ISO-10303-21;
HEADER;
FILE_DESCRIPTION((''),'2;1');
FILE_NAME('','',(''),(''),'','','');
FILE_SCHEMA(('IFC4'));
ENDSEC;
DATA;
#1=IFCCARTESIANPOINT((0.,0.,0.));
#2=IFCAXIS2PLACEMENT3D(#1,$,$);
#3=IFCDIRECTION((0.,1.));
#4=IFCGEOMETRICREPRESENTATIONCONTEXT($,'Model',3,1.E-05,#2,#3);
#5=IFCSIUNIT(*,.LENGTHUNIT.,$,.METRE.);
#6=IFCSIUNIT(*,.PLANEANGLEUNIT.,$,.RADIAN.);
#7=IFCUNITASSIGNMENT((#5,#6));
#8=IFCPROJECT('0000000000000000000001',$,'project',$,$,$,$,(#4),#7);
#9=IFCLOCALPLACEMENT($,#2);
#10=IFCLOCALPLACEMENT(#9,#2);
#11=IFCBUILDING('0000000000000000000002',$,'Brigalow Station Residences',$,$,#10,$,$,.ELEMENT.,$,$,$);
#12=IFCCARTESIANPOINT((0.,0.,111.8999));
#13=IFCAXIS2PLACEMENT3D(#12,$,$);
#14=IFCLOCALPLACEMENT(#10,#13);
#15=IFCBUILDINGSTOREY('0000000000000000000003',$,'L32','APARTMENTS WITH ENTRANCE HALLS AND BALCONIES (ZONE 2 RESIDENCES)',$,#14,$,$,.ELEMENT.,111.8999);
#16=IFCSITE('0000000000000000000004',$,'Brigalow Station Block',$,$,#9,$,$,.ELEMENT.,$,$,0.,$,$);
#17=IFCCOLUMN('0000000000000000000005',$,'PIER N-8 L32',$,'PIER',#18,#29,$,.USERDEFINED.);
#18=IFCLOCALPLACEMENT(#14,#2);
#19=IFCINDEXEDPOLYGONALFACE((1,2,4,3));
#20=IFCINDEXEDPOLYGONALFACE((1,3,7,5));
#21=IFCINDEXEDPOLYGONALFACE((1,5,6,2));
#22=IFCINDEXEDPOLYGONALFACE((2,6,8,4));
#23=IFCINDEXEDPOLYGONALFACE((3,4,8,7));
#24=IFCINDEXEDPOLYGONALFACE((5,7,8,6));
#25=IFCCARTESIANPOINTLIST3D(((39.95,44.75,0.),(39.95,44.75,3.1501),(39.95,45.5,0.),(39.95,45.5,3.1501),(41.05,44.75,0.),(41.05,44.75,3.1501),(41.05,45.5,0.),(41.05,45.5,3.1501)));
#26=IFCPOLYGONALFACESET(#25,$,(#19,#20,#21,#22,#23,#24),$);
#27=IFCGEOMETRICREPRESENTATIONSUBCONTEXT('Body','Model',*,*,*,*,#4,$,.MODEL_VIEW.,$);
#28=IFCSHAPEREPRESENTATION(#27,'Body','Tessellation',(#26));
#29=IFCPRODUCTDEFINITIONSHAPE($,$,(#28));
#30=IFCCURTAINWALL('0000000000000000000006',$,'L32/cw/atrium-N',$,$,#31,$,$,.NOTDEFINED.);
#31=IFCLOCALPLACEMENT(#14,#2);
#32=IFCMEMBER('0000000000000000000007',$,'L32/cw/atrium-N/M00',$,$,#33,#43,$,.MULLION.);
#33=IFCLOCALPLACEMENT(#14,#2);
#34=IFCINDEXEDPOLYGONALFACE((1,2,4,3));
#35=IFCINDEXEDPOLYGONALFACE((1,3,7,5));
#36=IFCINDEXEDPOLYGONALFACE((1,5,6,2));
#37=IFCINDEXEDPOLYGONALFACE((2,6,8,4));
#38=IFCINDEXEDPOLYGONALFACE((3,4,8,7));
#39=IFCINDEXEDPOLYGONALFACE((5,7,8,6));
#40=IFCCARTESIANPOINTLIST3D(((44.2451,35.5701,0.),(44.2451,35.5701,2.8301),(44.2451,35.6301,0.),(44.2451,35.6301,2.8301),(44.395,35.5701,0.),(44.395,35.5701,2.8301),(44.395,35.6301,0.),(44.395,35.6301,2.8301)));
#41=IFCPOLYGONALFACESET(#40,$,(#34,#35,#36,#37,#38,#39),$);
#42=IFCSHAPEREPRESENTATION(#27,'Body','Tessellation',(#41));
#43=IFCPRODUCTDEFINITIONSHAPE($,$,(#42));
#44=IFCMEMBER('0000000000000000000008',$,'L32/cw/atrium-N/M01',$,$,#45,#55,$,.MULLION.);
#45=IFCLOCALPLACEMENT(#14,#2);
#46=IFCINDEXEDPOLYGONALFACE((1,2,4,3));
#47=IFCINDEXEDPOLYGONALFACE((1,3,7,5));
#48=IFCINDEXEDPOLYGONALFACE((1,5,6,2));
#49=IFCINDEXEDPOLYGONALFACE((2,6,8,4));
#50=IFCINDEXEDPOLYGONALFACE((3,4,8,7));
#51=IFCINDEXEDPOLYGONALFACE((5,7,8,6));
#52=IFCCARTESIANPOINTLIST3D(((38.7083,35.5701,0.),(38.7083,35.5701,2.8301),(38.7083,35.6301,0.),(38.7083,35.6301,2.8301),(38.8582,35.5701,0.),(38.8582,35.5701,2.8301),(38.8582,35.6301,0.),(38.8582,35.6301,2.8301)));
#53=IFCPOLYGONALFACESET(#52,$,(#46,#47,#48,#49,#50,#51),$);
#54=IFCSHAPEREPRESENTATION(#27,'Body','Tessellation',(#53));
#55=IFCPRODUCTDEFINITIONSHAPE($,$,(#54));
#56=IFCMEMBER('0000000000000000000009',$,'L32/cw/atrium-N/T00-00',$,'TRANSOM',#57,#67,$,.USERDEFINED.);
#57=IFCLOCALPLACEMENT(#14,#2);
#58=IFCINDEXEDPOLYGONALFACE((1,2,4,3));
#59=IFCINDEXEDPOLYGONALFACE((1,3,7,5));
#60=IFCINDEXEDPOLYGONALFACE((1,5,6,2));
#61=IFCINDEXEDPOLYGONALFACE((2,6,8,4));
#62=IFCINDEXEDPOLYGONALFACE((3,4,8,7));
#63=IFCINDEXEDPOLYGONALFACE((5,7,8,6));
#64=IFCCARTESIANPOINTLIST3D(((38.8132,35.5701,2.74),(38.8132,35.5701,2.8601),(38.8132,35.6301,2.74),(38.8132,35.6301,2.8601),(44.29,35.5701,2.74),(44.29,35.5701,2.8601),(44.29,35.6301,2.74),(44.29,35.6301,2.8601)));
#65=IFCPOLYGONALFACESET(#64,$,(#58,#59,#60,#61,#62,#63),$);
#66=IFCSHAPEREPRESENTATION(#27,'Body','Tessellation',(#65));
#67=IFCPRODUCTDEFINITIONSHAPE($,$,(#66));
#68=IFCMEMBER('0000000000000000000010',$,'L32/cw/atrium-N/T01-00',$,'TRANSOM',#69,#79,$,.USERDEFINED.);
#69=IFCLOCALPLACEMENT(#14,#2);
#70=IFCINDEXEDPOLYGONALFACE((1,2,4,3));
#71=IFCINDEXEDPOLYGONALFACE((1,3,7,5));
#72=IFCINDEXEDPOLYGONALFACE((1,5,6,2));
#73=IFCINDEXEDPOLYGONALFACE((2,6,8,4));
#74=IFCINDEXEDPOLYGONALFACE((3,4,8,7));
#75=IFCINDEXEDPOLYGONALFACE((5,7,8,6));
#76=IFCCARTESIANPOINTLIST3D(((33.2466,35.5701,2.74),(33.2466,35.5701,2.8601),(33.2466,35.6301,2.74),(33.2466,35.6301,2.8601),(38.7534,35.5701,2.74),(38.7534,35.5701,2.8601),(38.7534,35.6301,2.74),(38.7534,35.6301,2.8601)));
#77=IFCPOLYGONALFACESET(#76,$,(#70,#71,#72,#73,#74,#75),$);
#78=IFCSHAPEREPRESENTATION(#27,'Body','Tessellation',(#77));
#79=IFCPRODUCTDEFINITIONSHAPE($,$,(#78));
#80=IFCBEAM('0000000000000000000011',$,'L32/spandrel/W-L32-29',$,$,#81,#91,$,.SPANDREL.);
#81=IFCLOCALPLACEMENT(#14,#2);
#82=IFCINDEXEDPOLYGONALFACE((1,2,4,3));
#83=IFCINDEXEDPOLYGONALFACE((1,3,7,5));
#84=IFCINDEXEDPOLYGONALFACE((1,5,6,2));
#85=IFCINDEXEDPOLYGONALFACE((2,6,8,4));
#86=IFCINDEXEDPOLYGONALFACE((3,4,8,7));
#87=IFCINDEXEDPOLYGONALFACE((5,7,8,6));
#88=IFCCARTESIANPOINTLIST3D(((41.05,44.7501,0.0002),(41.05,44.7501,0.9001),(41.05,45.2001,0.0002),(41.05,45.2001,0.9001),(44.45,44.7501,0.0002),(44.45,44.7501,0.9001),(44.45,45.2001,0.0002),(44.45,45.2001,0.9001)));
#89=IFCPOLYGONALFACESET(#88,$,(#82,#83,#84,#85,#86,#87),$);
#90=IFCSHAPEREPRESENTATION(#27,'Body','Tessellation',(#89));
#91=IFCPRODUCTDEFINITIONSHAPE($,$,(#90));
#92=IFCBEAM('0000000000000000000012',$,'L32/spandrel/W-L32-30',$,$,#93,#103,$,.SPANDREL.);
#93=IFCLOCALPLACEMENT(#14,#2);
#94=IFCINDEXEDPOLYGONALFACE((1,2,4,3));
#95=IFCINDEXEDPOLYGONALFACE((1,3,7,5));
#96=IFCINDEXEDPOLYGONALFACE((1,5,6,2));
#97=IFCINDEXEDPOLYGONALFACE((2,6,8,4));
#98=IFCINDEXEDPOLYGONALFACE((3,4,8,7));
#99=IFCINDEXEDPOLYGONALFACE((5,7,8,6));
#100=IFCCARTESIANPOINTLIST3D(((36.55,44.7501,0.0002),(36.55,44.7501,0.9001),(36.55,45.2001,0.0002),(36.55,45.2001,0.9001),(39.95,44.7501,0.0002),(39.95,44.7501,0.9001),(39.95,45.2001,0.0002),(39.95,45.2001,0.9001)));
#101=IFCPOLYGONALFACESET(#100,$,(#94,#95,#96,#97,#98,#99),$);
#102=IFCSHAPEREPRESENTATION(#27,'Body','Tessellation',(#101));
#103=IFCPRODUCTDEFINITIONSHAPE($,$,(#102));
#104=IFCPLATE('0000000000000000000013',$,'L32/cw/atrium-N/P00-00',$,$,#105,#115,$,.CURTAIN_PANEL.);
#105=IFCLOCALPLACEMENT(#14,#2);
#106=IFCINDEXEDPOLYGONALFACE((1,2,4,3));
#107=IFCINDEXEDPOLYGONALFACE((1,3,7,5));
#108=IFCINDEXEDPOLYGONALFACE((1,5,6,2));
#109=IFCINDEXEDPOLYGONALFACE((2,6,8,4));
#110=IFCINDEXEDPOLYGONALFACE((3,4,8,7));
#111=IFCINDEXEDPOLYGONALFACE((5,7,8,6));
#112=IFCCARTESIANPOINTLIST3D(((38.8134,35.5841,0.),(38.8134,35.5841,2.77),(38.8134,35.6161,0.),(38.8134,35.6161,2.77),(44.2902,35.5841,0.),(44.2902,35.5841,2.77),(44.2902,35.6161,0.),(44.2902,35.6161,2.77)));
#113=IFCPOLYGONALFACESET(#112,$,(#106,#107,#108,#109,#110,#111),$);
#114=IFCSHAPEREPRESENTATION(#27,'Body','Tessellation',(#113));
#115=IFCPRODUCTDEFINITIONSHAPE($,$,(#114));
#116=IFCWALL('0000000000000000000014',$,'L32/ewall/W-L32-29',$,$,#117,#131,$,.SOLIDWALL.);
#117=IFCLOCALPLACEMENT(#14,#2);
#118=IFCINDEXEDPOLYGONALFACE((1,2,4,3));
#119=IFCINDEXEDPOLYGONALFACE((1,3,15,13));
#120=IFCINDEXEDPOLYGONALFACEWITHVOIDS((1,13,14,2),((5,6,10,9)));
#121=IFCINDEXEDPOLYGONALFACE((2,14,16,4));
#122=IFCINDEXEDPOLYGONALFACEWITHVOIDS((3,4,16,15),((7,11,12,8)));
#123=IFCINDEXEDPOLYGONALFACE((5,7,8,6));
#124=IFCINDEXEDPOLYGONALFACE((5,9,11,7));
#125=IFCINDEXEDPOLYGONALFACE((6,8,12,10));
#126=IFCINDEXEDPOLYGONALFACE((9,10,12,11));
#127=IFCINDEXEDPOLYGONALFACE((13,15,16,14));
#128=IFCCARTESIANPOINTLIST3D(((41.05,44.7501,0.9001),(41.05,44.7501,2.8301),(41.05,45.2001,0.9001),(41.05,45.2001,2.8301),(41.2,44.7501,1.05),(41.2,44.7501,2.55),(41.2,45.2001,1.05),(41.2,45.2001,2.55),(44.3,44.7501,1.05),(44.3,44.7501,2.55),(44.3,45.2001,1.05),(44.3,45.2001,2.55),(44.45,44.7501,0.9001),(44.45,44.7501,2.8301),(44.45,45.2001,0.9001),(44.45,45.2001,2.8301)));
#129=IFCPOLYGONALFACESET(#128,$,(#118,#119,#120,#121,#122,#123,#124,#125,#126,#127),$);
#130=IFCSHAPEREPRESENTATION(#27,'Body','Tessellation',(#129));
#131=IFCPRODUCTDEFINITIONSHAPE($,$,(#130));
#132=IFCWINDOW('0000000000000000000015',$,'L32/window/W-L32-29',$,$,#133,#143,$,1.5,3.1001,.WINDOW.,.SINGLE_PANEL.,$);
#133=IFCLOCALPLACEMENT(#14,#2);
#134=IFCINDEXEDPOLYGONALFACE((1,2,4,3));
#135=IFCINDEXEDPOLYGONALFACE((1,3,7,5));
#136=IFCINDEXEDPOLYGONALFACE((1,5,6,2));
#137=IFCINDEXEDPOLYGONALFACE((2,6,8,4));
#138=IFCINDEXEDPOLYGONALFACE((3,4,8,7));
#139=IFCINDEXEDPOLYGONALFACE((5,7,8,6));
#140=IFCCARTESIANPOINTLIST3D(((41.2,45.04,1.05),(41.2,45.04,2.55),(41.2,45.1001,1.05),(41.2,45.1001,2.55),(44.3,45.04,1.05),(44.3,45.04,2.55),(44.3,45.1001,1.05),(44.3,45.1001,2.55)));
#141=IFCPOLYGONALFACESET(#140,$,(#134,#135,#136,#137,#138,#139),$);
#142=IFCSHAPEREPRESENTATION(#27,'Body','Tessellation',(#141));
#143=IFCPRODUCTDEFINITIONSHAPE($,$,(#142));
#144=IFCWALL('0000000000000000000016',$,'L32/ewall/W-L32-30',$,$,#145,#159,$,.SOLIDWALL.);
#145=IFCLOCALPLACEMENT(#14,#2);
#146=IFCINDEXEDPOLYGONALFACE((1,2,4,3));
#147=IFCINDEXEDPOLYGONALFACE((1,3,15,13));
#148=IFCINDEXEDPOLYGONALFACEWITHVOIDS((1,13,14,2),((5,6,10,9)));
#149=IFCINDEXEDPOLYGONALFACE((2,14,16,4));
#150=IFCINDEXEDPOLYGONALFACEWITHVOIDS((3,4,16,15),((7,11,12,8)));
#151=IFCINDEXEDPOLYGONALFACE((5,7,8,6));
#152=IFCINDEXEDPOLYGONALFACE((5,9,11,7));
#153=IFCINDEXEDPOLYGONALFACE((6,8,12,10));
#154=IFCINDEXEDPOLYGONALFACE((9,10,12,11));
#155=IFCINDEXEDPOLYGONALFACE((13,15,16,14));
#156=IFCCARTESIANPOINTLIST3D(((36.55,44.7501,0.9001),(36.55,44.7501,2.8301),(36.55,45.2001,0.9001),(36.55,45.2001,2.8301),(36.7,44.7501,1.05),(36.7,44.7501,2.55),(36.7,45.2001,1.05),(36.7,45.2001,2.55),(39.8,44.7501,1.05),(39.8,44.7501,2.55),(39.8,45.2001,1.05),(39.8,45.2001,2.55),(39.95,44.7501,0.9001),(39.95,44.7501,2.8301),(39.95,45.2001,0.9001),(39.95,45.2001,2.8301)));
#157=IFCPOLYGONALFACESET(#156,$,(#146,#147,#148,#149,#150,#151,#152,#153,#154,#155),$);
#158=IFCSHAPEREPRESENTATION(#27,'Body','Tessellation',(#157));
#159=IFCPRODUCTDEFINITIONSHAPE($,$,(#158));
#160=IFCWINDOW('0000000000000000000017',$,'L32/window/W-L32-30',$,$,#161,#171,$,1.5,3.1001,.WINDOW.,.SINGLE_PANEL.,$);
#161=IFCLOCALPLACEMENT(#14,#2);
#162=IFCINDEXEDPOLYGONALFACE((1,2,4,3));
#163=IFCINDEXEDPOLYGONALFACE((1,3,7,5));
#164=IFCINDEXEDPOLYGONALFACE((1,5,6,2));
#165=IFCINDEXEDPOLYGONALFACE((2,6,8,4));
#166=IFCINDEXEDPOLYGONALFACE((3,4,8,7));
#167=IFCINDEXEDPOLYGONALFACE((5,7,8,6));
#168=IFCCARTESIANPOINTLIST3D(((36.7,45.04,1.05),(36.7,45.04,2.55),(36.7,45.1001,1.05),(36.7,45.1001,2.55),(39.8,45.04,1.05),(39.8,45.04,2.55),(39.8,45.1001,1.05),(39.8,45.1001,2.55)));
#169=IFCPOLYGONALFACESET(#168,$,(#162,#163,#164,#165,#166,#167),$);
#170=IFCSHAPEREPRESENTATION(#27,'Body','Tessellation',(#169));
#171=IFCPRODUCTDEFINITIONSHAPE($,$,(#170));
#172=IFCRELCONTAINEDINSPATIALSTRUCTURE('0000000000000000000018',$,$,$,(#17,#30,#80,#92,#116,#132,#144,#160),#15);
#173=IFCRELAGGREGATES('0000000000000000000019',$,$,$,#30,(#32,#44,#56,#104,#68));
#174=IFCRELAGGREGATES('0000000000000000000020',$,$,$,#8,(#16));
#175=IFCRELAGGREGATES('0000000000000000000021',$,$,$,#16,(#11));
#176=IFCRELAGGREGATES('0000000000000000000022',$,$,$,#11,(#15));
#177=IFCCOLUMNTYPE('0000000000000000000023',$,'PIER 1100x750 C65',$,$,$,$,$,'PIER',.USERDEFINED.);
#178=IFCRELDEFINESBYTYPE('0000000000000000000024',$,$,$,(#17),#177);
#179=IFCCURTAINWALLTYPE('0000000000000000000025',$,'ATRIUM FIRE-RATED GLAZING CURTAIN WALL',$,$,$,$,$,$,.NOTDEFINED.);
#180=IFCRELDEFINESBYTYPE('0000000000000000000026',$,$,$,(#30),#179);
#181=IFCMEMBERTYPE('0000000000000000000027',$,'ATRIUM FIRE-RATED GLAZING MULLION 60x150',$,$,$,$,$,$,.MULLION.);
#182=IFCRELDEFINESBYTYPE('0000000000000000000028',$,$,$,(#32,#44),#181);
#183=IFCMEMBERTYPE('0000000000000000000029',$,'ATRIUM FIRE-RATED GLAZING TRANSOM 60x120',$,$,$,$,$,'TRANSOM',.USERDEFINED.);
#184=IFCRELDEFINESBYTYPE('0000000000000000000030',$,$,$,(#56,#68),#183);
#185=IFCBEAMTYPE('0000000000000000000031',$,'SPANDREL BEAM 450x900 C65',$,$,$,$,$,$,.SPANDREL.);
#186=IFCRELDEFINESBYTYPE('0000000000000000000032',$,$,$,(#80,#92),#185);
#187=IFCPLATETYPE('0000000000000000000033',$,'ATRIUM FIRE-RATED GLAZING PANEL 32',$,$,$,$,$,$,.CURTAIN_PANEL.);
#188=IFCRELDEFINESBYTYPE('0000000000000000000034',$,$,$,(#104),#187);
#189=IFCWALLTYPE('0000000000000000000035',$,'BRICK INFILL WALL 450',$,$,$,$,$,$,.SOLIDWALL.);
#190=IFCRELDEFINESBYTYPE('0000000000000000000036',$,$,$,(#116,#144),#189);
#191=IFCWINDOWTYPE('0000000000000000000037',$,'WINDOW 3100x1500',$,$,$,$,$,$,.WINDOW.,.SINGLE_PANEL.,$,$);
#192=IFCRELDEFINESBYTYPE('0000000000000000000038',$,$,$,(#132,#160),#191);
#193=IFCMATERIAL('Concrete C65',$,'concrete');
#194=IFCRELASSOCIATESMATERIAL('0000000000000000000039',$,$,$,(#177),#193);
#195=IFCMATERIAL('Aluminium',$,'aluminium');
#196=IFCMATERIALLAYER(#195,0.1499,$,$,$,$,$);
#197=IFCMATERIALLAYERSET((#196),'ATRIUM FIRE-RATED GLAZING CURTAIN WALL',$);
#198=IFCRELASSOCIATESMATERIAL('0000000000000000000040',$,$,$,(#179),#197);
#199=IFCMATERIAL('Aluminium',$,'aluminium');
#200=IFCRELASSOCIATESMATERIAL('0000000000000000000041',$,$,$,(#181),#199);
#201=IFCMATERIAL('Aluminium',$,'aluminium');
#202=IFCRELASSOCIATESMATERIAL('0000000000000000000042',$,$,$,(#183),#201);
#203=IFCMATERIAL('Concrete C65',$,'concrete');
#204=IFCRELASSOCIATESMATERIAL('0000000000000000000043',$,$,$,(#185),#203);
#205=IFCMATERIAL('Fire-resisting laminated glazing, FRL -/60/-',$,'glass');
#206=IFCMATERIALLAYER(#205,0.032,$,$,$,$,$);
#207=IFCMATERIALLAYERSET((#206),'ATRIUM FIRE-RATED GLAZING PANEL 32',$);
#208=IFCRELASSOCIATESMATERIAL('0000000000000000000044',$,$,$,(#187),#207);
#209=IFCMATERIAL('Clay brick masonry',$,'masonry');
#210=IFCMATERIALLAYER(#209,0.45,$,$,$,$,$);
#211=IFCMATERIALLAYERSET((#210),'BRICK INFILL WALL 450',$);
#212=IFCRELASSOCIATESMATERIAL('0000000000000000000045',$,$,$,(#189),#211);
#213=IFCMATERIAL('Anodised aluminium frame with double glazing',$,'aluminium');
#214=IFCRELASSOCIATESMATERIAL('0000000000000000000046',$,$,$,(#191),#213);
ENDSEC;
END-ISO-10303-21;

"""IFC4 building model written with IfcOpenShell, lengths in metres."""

from ifc_helpers import new_model, si_unit, direction, frame, frame_2d, origin, origin_2d, place, context, subcontext, project, spatial, rectangle, extrude, material, layer, layer_set, material_profile, profile_set, type_object, element, fill, aggregate, save


model = new_model("IFC4")

# Units and contexts
model_context = context("Model", 3, precision=1e-05, world=origin(), true_north=direction((0.0, 1.0)))
body_context = subcontext(model_context, "Body", "Model", "MODEL_VIEW")
ifc_project = project(units=[si_unit("LENGTHUNIT", "METRE"), si_unit("PLANEANGLEUNIT", "RADIAN")], contexts=[model_context])

# Site, building, storey
site_placement = place(None, origin())
site = spatial("IfcSite", under=ifc_project, at=site_placement, Name="Brigalow Station Block", CompositionType="ELEMENT", RefElevation=0.0)
building_placement = place(site_placement, origin())
building = spatial("IfcBuilding", under=site, at=building_placement, Name="Brigalow Station Residences", CompositionType="ELEMENT")
storey_placement = place(building_placement, frame((0.0, 0.0, 111.8999)))
storey = spatial("IfcBuildingStorey", under=building, at=storey_placement, Name="L32", Description="APARTMENTS WITH ENTRANCE HALLS AND BALCONIES (ZONE 2 RESIDENCES)", CompositionType="ELEMENT", Elevation=111.8999)

# Column
ifc_material_1 = material(Name="Concrete C65", Category="concrete")
ifc_material_profile_1 = material_profile(ifc_material_1, rectangle(XDim=1.1001, YDim=0.75, at=origin_2d()), Name="RC1100x750")
ifc_profile_set_1 = profile_set([ifc_material_profile_1], Name="Concrete C65")
column_type = type_object("IfcColumnType", Name="PIER 1100x750 C65", ElementType="PIER", PredefinedType="USERDEFINED", material=ifc_profile_set_1)
column_placement = place(storey_placement, frame((40.5, 45.125, 0.0), z_axis=(0.0, 0.0, 1.0), x_axis=(-1.0, 0.0, 0.0)))
element("IfcColumn", 1, at=column_placement, inside=storey, type_object=column_type, Name="PIER N-8 L32", ObjectType="PIER", PredefinedType="USERDEFINED", context=body_context, shape_type="SweptSolid", body=[
    extrude(rectangle(XDim=1.1001, YDim=0.75, at=origin_2d()), origin(), (0.0, 0.0, 1.0), 3.1501),
])

# Curtain wall, members
ifc_material_2 = material(Name="Aluminium", Category="aluminium")
ifc_layer_1 = layer(ifc_material_2, 0.1499)
ifc_layer_set_1 = layer_set([ifc_layer_1], Name="ATRIUM FIRE-RATED GLAZING CURTAIN WALL")
curtain_wall_type = type_object("IfcCurtainWallType", Name="ATRIUM FIRE-RATED GLAZING CURTAIN WALL", PredefinedType="NOTDEFINED", material=ifc_layer_set_1)
curtain_wall_placement = place(storey_placement, origin())
curtain_wall = element("IfcCurtainWall", 2, at=curtain_wall_placement, inside=storey, type_object=curtain_wall_type, Name="L32/cw/atrium-N", PredefinedType="NOTDEFINED")
ifc_material_3 = material(Name="Aluminium", Category="aluminium")
ifc_material_profile_2 = material_profile(ifc_material_3, rectangle(XDim=0.0601, YDim=0.1499, at=origin_2d()), Name="ATRIUM FIRE-RATED GLAZING MULLION 60x150")
ifc_profile_set_2 = profile_set([ifc_material_profile_2], Name="Aluminium")
member_type_1 = type_object("IfcMemberType", Name="ATRIUM FIRE-RATED GLAZING MULLION 60x150", PredefinedType="MULLION", material=ifc_profile_set_2)
member_1_placement = place(storey_placement, frame((44.3201, 35.6001, 0.0), z_axis=(0.0, 0.0, 1.0), x_axis=(0.0, -1.0, 0.0)))
member_1 = element("IfcMember", 3, at=member_1_placement, type_object=member_type_1, Name="L32/cw/atrium-N/M00", PredefinedType="MULLION", context=body_context, shape_type="SweptSolid", body=[
    extrude(rectangle(XDim=0.0601, YDim=0.1499, at=origin_2d()), origin(), (0.0, 0.0, 1.0), 2.8301),
])
member_2_placement = place(storey_placement, frame((38.7832, 35.6001, 0.0), z_axis=(0.0, 0.0, 1.0), x_axis=(0.0, -1.0, 0.0)))
member_2 = element("IfcMember", 4, at=member_2_placement, type_object=member_type_1, Name="L32/cw/atrium-N/M01", PredefinedType="MULLION", context=body_context, shape_type="SweptSolid", body=[
    extrude(rectangle(XDim=0.0601, YDim=0.1499, at=origin_2d()), origin(), (0.0, 0.0, 1.0), 2.8301),
])
ifc_material_4 = material(Name="Aluminium", Category="aluminium")
ifc_material_profile_3 = material_profile(ifc_material_4, rectangle(XDim=0.0601, YDim=0.1201, at=origin_2d()), Name="ATRIUM FIRE-RATED GLAZING TRANSOM 60x120")
ifc_profile_set_3 = profile_set([ifc_material_profile_3], Name="Aluminium")
member_type_2 = type_object("IfcMemberType", Name="ATRIUM FIRE-RATED GLAZING TRANSOM 60x120", ElementType="TRANSOM", PredefinedType="USERDEFINED", material=ifc_profile_set_3)
member_3_placement = place(storey_placement, frame((44.29, 35.6001, 2.8), z_axis=(-1.0, 0.0, 0.0), x_axis=(0.0, -1.0, 0.0)))
member_3 = element("IfcMember", 5, at=member_3_placement, type_object=member_type_2, Name="L32/cw/atrium-N/T00-00", ObjectType="TRANSOM", PredefinedType="USERDEFINED", context=body_context, shape_type="SweptSolid", body=[
    extrude(rectangle(XDim=0.0601, YDim=0.1201, at=origin_2d()), origin(), (0.0, 0.0, 1.0), 5.4768),
])
member_4_placement = place(storey_placement, frame((38.7534, 35.6001, 2.8), z_axis=(-1.0, 0.0, 0.0), x_axis=(0.0, -1.0, 0.0)))
member_4 = element("IfcMember", 6, at=member_4_placement, type_object=member_type_2, Name="L32/cw/atrium-N/T01-00", ObjectType="TRANSOM", PredefinedType="USERDEFINED", context=body_context, shape_type="SweptSolid", body=[
    extrude(rectangle(XDim=0.0601, YDim=0.1201, at=origin_2d()), origin(), (0.0, 0.0, 1.0), 5.5068),
])

# Beams
ifc_material_5 = material(Name="Concrete C65", Category="concrete")
ifc_material_profile_4 = material_profile(ifc_material_5, rectangle(XDim=0.45, YDim=0.8999, at=origin_2d()), Name="RC450x900")
ifc_profile_set_4 = profile_set([ifc_material_profile_4], Name="Concrete C65")
beam_type = type_object("IfcBeamType", Name="SPANDREL BEAM 450x900 C65", PredefinedType="SPANDREL", material=ifc_profile_set_4)
for number, where, z_axis, x_axis, name in (
    (7, (44.45, 44.9751, 0.4502), (-1.0, 0.0, 0.0), (0.0, -1.0, 0.0), "L32/spandrel/W-L32-29"),
    (8, (39.95, 44.9751, 0.4502), (-1.0, 0.0, 0.0), (0.0, -1.0, 0.0), "L32/spandrel/W-L32-30"),
):
    element("IfcBeam", number, at=place(storey_placement, frame(where, z_axis=z_axis, x_axis=x_axis)), inside=storey, type_object=beam_type, Name=name, PredefinedType="SPANDREL", context=body_context, shape_type="SweptSolid", body=[
        extrude(rectangle(XDim=0.45, YDim=0.8999, at=origin_2d()), origin(), (0.0, 0.0, 1.0), 3.3999),
    ])

# Plate
ifc_material_6 = material(Name="Fire-resisting laminated glazing, FRL -/60/-", Category="glass")
ifc_layer_2 = layer(ifc_material_6, 0.032)
ifc_layer_set_2 = layer_set([ifc_layer_2], Name="ATRIUM FIRE-RATED GLAZING PANEL 32")
plate_type = type_object("IfcPlateType", Name="ATRIUM FIRE-RATED GLAZING PANEL 32", PredefinedType="CURTAIN_PANEL", material=ifc_layer_set_2)
plate_placement = place(storey_placement, frame((41.5518, 35.6001, 0.0), z_axis=(0.0, 0.0, 1.0), x_axis=(-1.0, 0.0, 0.0)))
plate = element("IfcPlate", 9, at=plate_placement, type_object=plate_type, Name="L32/cw/atrium-N/P00-00", PredefinedType="CURTAIN_PANEL", context=body_context, shape_type="SweptSolid", body=[
    extrude(rectangle(XDim=5.4768, YDim=0.032, at=origin_2d()), origin(), (0.0, 0.0, 1.0), 2.77),
])
aggregate(curtain_wall, [member_1, member_2, member_3, plate, member_4])

# Walls, openings, windows
ifc_material_7 = material(Name="Clay brick masonry", Category="masonry")
ifc_layer_3 = layer(ifc_material_7, 0.45)
ifc_layer_set_3 = layer_set([ifc_layer_3], Name="BRICK INFILL WALL 450")
wall_type_1 = type_object("IfcWallType", Name="BRICK INFILL WALL 450", PredefinedType="SOLIDWALL", material=ifc_layer_set_3)
wall_1_placement = place(storey_placement, frame((44.45, 44.9751, 0.9001), z_axis=(0.0, 0.0, 1.0), x_axis=(-1.0, 0.0, 0.0)))
wall_1 = element("IfcWall", 10, at=wall_1_placement, inside=storey, type_object=wall_type_1, Name="L32/ewall/W-L32-29", PredefinedType="SOLIDWALL", context=body_context, shape_type="SweptSolid", body=[
    extrude(rectangle(XDim=3.3999, YDim=0.45, at=frame_2d((1.7, 0.0))), origin(), (0.0, 0.0, 1.0), 1.9299),
])
opening_1_placement = place(wall_1_placement, frame((0.1499, 0.0, 0.1499)))
opening_1 = element("IfcOpeningElement", 11, at=opening_1_placement, cuts=wall_1, PredefinedType="OPENING", context=body_context, shape_type="SweptSolid", body=[
    extrude(rectangle(XDim=3.1001, YDim=1.5, at=frame_2d((1.55, 0.75))), frame((0.0, 0.2349, 0.0), z_axis=(0.0, -1.0, 0.0), x_axis=(1.0, 0.0, 0.0)), (0.0, 0.0, 1.0), 0.47),
])
ifc_material_8 = material(Name="Anodised aluminium frame with double glazing", Category="aluminium")
window_type = type_object("IfcWindowType", Name="WINDOW 3100x1500", PartitioningType="SINGLE_PANEL", PredefinedType="WINDOW", material=ifc_material_8)
window_1_placement = place(opening_1_placement, origin())
window_1 = element("IfcWindow", 12, at=window_1_placement, inside=storey, type_object=window_type, Name="L32/window/W-L32-29", OverallHeight=1.5, OverallWidth=3.1001, PartitioningType="SINGLE_PANEL", PredefinedType="WINDOW", context=body_context, shape_type="SweptSolid", body=[
    extrude(rectangle(XDim=3.1001, YDim=1.5, at=frame_2d((1.55, 0.75))), frame((0.0, -0.0649, 0.0), z_axis=(0.0, -1.0, 0.0), x_axis=(1.0, 0.0, 0.0)), (0.0, 0.0, 1.0), 0.0601),
])
fill(opening_1, window_1)
wall_2_placement = place(storey_placement, frame((39.95, 44.9751, 0.9001), z_axis=(0.0, 0.0, 1.0), x_axis=(-1.0, 0.0, 0.0)))
wall_2 = element("IfcWall", 13, at=wall_2_placement, inside=storey, type_object=wall_type_1, Name="L32/ewall/W-L32-30", PredefinedType="SOLIDWALL", context=body_context, shape_type="SweptSolid", body=[
    extrude(rectangle(XDim=3.3999, YDim=0.45, at=frame_2d((1.7, 0.0))), origin(), (0.0, 0.0, 1.0), 1.9299),
])
opening_2_placement = place(wall_2_placement, frame((0.1499, 0.0, 0.1499)))
opening_2 = element("IfcOpeningElement", 14, at=opening_2_placement, cuts=wall_2, PredefinedType="OPENING", context=body_context, shape_type="SweptSolid", body=[
    extrude(rectangle(XDim=3.1001, YDim=1.5, at=frame_2d((1.55, 0.75))), frame((0.0, 0.2349, 0.0), z_axis=(0.0, -1.0, 0.0), x_axis=(1.0, 0.0, 0.0)), (0.0, 0.0, 1.0), 0.47),
])
window_2_placement = place(opening_2_placement, origin())
window_2 = element("IfcWindow", 15, at=window_2_placement, inside=storey, type_object=window_type, Name="L32/window/W-L32-30", OverallHeight=1.5, OverallWidth=3.1001, PartitioningType="SINGLE_PANEL", PredefinedType="WINDOW", context=body_context, shape_type="SweptSolid", body=[
    extrude(rectangle(XDim=3.1001, YDim=1.5, at=frame_2d((1.55, 0.75))), frame((0.0, -0.0649, 0.0), z_axis=(0.0, -1.0, 0.0), x_axis=(1.0, 0.0, 0.0)), (0.0, 0.0, 1.0), 0.0601),
])
fill(opening_2, window_2)

save(model, "model.ifc")
